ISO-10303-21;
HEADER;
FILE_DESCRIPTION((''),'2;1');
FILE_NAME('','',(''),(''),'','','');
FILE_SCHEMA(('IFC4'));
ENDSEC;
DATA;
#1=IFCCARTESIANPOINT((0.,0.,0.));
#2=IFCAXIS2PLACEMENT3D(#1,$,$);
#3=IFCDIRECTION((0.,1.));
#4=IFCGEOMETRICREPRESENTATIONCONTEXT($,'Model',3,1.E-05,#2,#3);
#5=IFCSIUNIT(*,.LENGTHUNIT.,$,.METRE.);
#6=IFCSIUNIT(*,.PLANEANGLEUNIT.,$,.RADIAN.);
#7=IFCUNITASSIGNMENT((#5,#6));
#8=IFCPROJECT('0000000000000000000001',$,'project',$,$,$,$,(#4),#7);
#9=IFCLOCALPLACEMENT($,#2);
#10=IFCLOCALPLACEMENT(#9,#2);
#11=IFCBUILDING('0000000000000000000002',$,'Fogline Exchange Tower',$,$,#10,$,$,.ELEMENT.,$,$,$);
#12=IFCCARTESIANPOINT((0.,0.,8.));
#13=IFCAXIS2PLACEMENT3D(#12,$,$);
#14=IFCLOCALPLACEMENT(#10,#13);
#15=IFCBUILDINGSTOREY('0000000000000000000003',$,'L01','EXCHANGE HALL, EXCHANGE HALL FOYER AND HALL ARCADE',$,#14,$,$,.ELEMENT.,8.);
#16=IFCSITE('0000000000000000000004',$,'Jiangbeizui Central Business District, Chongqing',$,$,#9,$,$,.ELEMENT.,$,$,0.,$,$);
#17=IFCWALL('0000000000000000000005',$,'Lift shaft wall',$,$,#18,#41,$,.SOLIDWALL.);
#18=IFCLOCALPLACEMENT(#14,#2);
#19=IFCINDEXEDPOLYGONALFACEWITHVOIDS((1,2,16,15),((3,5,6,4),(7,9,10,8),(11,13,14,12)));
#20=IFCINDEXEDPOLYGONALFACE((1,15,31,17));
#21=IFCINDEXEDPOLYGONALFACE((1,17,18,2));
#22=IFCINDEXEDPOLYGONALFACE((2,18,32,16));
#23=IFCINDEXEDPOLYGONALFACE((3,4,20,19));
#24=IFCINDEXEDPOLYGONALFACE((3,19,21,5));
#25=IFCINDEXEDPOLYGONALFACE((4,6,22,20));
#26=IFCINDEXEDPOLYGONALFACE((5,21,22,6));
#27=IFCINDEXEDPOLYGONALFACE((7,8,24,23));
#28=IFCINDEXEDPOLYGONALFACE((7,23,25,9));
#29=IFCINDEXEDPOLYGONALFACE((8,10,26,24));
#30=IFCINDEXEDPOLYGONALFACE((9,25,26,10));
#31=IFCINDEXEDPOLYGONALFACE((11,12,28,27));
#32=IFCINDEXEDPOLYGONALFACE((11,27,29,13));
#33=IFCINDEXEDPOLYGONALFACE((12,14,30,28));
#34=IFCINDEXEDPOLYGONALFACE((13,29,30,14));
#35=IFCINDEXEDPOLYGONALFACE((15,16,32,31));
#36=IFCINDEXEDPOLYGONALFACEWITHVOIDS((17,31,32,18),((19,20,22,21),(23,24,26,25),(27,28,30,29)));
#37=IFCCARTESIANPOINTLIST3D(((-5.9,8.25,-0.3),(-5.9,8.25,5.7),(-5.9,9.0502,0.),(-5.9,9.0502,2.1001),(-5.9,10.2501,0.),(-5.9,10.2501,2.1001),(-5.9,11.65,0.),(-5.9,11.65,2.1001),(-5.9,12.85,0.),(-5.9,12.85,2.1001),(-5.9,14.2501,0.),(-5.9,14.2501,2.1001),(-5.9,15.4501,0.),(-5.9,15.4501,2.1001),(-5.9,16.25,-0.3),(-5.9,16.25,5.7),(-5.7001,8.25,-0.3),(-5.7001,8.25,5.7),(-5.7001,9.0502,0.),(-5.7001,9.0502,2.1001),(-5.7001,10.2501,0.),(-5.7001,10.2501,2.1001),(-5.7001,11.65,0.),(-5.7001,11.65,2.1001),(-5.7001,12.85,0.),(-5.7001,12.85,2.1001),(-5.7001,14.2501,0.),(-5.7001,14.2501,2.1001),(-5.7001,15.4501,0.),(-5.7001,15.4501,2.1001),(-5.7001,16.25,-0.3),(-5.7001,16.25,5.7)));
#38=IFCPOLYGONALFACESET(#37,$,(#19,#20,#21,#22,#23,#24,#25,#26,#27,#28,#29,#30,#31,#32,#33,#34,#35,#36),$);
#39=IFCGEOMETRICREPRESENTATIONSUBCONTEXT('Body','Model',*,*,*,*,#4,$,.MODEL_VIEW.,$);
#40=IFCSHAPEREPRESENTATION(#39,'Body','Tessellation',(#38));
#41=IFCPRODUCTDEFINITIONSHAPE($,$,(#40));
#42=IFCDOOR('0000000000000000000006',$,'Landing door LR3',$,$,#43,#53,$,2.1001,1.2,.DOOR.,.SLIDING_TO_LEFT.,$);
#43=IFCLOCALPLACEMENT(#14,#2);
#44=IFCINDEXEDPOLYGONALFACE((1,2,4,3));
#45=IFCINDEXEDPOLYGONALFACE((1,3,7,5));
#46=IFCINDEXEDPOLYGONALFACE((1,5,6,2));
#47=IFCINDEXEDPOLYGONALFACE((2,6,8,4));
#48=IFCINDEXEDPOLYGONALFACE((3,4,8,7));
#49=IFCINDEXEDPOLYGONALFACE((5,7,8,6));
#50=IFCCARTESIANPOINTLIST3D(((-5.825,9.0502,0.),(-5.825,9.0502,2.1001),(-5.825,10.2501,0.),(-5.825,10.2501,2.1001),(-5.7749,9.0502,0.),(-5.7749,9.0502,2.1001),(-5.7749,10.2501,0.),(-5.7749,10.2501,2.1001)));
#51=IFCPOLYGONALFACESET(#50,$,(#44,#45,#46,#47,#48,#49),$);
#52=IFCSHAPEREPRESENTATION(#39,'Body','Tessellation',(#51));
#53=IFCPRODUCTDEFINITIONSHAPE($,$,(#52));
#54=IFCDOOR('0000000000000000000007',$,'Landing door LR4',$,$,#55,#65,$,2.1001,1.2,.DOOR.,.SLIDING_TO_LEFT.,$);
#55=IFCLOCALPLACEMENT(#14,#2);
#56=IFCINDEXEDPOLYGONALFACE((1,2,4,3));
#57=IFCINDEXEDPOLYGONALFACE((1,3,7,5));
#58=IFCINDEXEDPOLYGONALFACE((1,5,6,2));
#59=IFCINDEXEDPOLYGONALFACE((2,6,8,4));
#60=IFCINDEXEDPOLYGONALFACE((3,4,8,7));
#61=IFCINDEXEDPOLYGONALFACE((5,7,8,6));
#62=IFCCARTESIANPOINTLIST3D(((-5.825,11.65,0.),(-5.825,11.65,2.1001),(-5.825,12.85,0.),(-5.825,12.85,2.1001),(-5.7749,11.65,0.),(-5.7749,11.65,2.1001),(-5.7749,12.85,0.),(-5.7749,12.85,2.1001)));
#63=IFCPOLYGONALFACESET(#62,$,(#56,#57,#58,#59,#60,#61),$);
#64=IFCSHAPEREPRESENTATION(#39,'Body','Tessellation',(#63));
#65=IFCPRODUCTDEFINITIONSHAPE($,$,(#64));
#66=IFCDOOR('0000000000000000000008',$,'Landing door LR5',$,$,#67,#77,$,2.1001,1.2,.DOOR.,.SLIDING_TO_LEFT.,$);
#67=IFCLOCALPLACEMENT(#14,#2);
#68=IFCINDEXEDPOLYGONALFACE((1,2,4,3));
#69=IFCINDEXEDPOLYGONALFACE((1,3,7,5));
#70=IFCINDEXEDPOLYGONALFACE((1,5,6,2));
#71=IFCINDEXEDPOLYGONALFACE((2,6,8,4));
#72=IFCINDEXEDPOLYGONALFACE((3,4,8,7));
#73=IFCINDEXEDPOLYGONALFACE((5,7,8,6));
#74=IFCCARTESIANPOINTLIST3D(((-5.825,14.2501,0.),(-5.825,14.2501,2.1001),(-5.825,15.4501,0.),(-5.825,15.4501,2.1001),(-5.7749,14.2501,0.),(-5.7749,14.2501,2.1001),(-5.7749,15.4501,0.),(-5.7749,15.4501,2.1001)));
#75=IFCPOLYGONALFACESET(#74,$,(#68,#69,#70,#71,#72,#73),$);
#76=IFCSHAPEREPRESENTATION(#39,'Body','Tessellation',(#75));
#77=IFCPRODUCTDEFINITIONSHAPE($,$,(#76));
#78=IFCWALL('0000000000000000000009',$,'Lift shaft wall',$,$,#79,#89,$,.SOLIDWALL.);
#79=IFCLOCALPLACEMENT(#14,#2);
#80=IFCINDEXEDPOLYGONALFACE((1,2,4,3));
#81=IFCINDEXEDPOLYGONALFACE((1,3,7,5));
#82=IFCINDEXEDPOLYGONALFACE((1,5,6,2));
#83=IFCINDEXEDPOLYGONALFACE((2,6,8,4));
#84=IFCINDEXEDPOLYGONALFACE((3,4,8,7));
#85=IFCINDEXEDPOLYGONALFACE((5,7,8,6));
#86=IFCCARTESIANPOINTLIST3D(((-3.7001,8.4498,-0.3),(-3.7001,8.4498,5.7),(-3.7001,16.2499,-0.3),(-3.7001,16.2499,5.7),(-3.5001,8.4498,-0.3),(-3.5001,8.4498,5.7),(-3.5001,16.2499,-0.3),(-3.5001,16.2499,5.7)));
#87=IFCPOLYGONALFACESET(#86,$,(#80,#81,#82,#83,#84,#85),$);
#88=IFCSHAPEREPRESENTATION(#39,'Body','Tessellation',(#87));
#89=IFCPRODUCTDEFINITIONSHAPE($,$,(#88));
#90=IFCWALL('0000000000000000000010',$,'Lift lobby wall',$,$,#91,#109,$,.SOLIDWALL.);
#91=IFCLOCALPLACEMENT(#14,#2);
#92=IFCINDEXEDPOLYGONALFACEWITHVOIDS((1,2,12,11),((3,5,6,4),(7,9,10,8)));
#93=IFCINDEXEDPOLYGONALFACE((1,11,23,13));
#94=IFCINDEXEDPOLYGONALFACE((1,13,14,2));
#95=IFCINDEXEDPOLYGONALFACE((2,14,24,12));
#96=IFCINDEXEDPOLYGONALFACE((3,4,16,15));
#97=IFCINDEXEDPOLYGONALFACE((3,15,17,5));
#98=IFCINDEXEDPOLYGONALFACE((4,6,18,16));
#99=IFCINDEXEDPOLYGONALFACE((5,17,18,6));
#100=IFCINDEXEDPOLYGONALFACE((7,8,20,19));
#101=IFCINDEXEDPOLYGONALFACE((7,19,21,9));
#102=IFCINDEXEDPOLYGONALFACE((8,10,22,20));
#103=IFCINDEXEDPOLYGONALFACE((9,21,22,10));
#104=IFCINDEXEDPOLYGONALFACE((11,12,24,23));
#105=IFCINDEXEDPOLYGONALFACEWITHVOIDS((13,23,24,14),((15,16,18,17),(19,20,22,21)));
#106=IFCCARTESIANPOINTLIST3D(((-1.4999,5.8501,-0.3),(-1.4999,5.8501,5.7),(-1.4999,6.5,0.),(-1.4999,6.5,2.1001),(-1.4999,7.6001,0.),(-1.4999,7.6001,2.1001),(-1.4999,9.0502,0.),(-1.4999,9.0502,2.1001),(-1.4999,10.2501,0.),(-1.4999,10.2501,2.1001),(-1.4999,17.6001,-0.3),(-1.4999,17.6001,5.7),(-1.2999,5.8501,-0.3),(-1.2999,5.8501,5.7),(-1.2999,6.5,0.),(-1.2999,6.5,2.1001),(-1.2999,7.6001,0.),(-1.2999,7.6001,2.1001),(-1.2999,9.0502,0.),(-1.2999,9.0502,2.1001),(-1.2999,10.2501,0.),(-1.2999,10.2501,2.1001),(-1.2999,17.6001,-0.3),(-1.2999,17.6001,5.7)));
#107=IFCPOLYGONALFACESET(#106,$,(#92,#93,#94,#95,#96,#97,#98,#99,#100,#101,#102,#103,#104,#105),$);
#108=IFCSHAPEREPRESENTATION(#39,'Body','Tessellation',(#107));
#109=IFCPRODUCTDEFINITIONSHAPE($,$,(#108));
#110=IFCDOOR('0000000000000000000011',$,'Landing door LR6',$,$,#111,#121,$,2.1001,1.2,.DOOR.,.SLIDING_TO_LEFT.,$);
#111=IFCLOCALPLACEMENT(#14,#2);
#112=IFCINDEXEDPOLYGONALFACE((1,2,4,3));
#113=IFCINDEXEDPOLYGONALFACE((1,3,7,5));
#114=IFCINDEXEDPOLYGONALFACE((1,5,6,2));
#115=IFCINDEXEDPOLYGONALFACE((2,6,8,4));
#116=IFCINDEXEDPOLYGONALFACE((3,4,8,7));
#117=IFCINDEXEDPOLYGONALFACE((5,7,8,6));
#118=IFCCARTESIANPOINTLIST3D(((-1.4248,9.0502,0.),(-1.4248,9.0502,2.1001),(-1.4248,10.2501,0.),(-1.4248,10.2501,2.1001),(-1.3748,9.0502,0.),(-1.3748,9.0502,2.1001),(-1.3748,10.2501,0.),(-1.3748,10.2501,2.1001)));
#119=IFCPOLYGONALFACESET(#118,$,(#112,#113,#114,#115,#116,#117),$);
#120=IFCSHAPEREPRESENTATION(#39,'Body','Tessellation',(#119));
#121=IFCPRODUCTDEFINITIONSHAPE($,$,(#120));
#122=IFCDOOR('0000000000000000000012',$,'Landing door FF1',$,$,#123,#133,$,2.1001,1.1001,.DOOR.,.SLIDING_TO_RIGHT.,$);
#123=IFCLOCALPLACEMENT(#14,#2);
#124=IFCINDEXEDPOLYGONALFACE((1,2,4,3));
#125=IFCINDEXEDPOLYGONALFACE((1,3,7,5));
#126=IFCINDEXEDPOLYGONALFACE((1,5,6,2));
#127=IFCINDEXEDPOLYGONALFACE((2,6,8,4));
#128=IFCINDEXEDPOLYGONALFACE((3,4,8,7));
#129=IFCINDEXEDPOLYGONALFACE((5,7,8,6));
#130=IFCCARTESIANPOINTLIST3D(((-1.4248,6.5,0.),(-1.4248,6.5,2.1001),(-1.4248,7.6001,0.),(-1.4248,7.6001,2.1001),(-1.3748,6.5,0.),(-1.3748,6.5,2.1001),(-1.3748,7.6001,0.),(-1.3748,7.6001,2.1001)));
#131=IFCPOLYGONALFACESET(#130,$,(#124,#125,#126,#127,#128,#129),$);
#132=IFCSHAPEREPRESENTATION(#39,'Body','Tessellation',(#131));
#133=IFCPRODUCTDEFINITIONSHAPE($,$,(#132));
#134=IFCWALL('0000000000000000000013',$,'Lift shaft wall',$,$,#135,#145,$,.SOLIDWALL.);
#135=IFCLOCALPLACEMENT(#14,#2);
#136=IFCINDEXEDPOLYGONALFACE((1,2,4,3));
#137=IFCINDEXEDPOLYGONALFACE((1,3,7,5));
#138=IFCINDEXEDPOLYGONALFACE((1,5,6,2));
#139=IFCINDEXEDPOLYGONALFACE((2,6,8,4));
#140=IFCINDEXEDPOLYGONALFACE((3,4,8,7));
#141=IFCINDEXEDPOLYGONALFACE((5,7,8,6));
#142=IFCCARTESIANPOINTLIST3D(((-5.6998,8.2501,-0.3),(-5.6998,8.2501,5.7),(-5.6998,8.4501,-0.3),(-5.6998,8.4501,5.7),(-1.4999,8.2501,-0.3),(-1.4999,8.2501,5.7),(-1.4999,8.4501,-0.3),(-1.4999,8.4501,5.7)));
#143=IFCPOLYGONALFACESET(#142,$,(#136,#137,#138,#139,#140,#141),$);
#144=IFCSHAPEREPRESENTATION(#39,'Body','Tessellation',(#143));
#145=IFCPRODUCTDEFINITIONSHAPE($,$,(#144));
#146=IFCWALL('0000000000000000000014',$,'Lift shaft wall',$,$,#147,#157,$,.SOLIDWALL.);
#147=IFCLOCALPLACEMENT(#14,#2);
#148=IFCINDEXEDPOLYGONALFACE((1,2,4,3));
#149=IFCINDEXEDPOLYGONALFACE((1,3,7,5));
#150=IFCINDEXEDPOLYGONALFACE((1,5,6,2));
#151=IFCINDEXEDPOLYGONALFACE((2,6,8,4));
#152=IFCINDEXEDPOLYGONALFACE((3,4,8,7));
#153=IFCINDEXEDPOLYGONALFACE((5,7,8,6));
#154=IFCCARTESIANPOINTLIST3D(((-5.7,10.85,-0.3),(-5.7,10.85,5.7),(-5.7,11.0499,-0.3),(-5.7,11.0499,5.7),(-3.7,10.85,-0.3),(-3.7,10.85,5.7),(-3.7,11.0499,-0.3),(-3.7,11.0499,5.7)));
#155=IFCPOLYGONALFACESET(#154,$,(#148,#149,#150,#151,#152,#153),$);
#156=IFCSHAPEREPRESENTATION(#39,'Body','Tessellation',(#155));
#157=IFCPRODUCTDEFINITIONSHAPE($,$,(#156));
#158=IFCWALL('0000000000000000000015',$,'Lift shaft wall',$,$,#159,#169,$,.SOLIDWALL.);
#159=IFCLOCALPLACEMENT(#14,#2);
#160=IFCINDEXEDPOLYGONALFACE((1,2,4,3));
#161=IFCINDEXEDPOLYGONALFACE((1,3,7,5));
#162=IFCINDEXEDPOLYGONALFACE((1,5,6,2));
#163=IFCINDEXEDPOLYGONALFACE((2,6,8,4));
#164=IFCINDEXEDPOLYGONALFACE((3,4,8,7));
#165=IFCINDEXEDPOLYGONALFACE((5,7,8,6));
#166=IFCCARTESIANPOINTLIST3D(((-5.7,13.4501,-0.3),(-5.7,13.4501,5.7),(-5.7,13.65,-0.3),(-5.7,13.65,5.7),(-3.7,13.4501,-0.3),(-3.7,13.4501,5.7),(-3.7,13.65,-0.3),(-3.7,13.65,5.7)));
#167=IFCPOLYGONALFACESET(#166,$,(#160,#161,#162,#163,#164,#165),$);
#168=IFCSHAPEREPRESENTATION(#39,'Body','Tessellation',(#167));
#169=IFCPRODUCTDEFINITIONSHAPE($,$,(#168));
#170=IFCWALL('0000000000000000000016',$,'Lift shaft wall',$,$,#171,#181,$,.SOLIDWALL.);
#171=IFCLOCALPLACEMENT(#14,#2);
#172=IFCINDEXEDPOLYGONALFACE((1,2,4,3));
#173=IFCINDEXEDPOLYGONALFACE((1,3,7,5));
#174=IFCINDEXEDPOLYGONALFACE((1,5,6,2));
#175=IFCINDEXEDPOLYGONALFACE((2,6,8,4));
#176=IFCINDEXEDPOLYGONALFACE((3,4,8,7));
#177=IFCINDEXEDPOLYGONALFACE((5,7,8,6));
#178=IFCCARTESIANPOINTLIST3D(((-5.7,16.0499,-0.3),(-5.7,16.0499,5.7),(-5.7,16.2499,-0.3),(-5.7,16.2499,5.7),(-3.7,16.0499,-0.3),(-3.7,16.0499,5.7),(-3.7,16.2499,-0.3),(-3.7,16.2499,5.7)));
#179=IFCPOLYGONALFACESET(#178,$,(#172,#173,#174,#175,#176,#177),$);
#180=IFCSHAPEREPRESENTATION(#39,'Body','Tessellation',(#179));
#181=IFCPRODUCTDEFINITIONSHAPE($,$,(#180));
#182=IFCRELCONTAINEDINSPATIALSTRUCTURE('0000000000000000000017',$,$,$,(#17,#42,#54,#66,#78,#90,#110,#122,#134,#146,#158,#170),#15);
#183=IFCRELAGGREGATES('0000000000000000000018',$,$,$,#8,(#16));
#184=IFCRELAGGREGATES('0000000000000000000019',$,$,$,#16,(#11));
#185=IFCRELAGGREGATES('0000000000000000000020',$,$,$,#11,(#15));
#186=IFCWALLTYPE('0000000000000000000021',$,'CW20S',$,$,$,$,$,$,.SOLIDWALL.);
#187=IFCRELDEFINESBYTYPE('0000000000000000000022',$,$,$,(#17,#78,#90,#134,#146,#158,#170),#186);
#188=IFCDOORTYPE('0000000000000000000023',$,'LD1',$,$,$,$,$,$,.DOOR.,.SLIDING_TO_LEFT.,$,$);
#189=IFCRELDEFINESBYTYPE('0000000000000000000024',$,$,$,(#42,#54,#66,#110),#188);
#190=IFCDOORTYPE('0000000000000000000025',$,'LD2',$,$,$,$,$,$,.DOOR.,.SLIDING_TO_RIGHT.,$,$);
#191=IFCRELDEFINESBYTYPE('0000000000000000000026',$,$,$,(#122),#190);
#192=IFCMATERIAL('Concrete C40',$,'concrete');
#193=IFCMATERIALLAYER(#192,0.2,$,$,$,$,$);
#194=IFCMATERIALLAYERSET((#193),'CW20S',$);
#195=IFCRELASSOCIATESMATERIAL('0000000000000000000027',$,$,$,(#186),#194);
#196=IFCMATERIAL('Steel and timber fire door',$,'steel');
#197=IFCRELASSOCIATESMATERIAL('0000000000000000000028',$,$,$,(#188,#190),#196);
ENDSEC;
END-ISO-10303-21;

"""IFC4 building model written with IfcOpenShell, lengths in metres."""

from ifc_helpers import new_model, si_unit, direction, frame, frame_2d, origin, place, context, subcontext, project, spatial, rectangle, extrude, material, layer, layer_set, type_object, element, fill, save


model = new_model("IFC4")

# Units and contexts
model_context = context("Model", 3, precision=1e-05, world=origin(), true_north=direction((0.0, 1.0)))
body_context = subcontext(model_context, "Body", "Model", "MODEL_VIEW")
ifc_project = project(units=[si_unit("LENGTHUNIT", "METRE"), si_unit("PLANEANGLEUNIT", "RADIAN")], contexts=[model_context])

# Site, building, storey
site_placement = place(None, origin())
site = spatial("IfcSite", under=ifc_project, at=site_placement, Name="Jiangbeizui Central Business District, Chongqing", CompositionType="ELEMENT", RefElevation=0.0)
building_placement = place(site_placement, origin())
building = spatial("IfcBuilding", under=site, at=building_placement, Name="Fogline Exchange Tower", CompositionType="ELEMENT")
storey_placement = place(building_placement, frame((0.0, 0.0, 8.0)))
storey = spatial("IfcBuildingStorey", under=building, at=storey_placement, Name="L01", Description="EXCHANGE HALL, EXCHANGE HALL FOYER AND HALL ARCADE", CompositionType="ELEMENT", Elevation=8.0)

# Shared definitions
ifc_material_1 = material(Name="Steel and timber fire door", Category="steel")

# Shared definitions
ifc_material_2 = material(Name="Concrete C40", Category="concrete")

# Wall, openings, doors
ifc_layer_1 = layer(ifc_material_2, 0.2)
ifc_layer_set_1 = layer_set([ifc_layer_1], Name="CW20S")
wall_type_1 = type_object("IfcWallType", Name="CW20S", PredefinedType="SOLIDWALL", material=ifc_layer_set_1)
wall_1_placement = place(storey_placement, frame((-5.8, 8.25, -0.3), z_axis=(0.0, 0.0, 1.0), x_axis=(0.0, 1.0, 0.0)))
wall_1 = element("IfcWall", 1, at=wall_1_placement, inside=storey, type_object=wall_type_1, Name="Lift shaft wall", PredefinedType="SOLIDWALL", context=body_context, shape_type="SweptSolid", body=[
    extrude(rectangle(XDim=8.0, YDim=0.2, at=frame_2d((4.0, 0.0))), origin(), (0.0, 0.0, 1.0), 6.0),
])
opening_1_placement = place(wall_1_placement, frame((0.8, 0.0, 0.3)))
opening_1 = element("IfcOpeningElement", 2, at=opening_1_placement, cuts=wall_1, PredefinedType="OPENING", context=body_context, shape_type="SweptSolid", body=[
    extrude(rectangle(XDim=1.2, YDim=2.1001, at=frame_2d((0.6001, 1.05))), frame((0.0, 0.1099, 0.0), z_axis=(0.0, -1.0, 0.0), x_axis=(1.0, 0.0, 0.0)), (0.0, 0.0, 1.0), 0.22),
])
opening_2_placement = place(wall_1_placement, frame((3.3999, 0.0, 0.3)))
opening_2 = element("IfcOpeningElement", 3, at=opening_2_placement, cuts=wall_1, PredefinedType="OPENING", context=body_context, shape_type="SweptSolid", body=[
    extrude(rectangle(XDim=1.2, YDim=2.1001, at=frame_2d((0.6001, 1.05))), frame((0.0, 0.1099, 0.0), z_axis=(0.0, -1.0, 0.0), x_axis=(1.0, 0.0, 0.0)), (0.0, 0.0, 1.0), 0.22),
])
opening_3_placement = place(wall_1_placement, frame((6.0, 0.0, 0.3)))
opening_3 = element("IfcOpeningElement", 4, at=opening_3_placement, cuts=wall_1, PredefinedType="OPENING", context=body_context, shape_type="SweptSolid", body=[
    extrude(rectangle(XDim=1.2, YDim=2.1001, at=frame_2d((0.6001, 1.05))), frame((0.0, 0.1099, 0.0), z_axis=(0.0, -1.0, 0.0), x_axis=(1.0, 0.0, 0.0)), (0.0, 0.0, 1.0), 0.22),
])
door_type_1 = type_object("IfcDoorType", Name="LD1", OperationType="SLIDING_TO_LEFT", PredefinedType="DOOR", material=ifc_material_1)
door_1_placement = place(opening_1_placement, origin())
door_1 = element("IfcDoor", 5, at=door_1_placement, inside=storey, type_object=door_type_1, Name="Landing door LR3", OperationType="SLIDING_TO_LEFT", OverallHeight=2.1001, OverallWidth=1.2, PredefinedType="DOOR", context=body_context, shape_type="SweptSolid", body=[
    extrude(rectangle(XDim=1.2, YDim=2.1001, at=frame_2d((0.6001, 1.05))), frame((0.0, 0.0249, 0.0), z_axis=(0.0, -1.0, 0.0), x_axis=(1.0, 0.0, 0.0)), (0.0, 0.0, 1.0), 0.05),
])
fill(opening_1, door_1)
door_2_placement = place(opening_2_placement, origin())
door_2 = element("IfcDoor", 6, at=door_2_placement, inside=storey, type_object=door_type_1, Name="Landing door LR4", OperationType="SLIDING_TO_LEFT", OverallHeight=2.1001, OverallWidth=1.2, PredefinedType="DOOR", context=body_context, shape_type="SweptSolid", body=[
    extrude(rectangle(XDim=1.2, YDim=2.1001, at=frame_2d((0.6001, 1.05))), frame((0.0, 0.0249, 0.0), z_axis=(0.0, -1.0, 0.0), x_axis=(1.0, 0.0, 0.0)), (0.0, 0.0, 1.0), 0.05),
])
fill(opening_2, door_2)
door_3_placement = place(opening_3_placement, origin())
door_3 = element("IfcDoor", 7, at=door_3_placement, inside=storey, type_object=door_type_1, Name="Landing door LR5", OperationType="SLIDING_TO_LEFT", OverallHeight=2.1001, OverallWidth=1.2, PredefinedType="DOOR", context=body_context, shape_type="SweptSolid", body=[
    extrude(rectangle(XDim=1.2, YDim=2.1001, at=frame_2d((0.6001, 1.05))), frame((0.0, 0.0249, 0.0), z_axis=(0.0, -1.0, 0.0), x_axis=(1.0, 0.0, 0.0)), (0.0, 0.0, 1.0), 0.05),
])
fill(opening_3, door_3)

# Wall
wall_2_placement = place(storey_placement, frame((-3.6001, 8.45, -0.3), z_axis=(0.0, 0.0, 1.0), x_axis=(0.0, 1.0, 0.0)))
element("IfcWall", 8, at=wall_2_placement, inside=storey, type_object=wall_type_1, Name="Lift shaft wall", PredefinedType="SOLIDWALL", context=body_context, shape_type="SweptSolid", body=[
    extrude(rectangle(XDim=7.8, YDim=0.2, at=frame_2d((3.8999, 0.0))), origin(), (0.0, 0.0, 1.0), 6.0),
])

# Wall, openings, doors
wall_3_placement = place(storey_placement, frame((-1.3999, 5.8501, -0.3), z_axis=(0.0, 0.0, 1.0), x_axis=(0.0, 1.0, 0.0)))
wall_3 = element("IfcWall", 9, at=wall_3_placement, inside=storey, type_object=wall_type_1, Name="Lift lobby wall", PredefinedType="SOLIDWALL", context=body_context, shape_type="SweptSolid", body=[
    extrude(rectangle(XDim=11.75, YDim=0.2, at=frame_2d((5.875, 0.0))), origin(), (0.0, 0.0, 1.0), 6.0),
])
opening_4_placement = place(wall_3_placement, frame((3.2, 0.0, 0.3)))
opening_4 = element("IfcOpeningElement", 10, at=opening_4_placement, cuts=wall_3, PredefinedType="OPENING", context=body_context, shape_type="SweptSolid", body=[
    extrude(rectangle(XDim=1.2, YDim=2.1001, at=frame_2d((0.6001, 1.05))), frame((0.0, 0.1099, 0.0), z_axis=(0.0, -1.0, 0.0), x_axis=(1.0, 0.0, 0.0)), (0.0, 0.0, 1.0), 0.22),
])
opening_5_placement = place(wall_3_placement, frame((0.6499, 0.0, 0.3)))
opening_5 = element("IfcOpeningElement", 11, at=opening_5_placement, cuts=wall_3, PredefinedType="OPENING", context=body_context, shape_type="SweptSolid", body=[
    extrude(rectangle(XDim=1.1001, YDim=2.1001, at=frame_2d((0.55, 1.05))), frame((0.0, 0.1099, 0.0), z_axis=(0.0, -1.0, 0.0), x_axis=(1.0, 0.0, 0.0)), (0.0, 0.0, 1.0), 0.22),
])
door_4_placement = place(opening_4_placement, origin())
door_4 = element("IfcDoor", 12, at=door_4_placement, inside=storey, type_object=door_type_1, Name="Landing door LR6", OperationType="SLIDING_TO_LEFT", OverallHeight=2.1001, OverallWidth=1.2, PredefinedType="DOOR", context=body_context, shape_type="SweptSolid", body=[
    extrude(rectangle(XDim=1.2, YDim=2.1001, at=frame_2d((0.6001, 1.05))), frame((0.0, 0.0249, 0.0), z_axis=(0.0, -1.0, 0.0), x_axis=(1.0, 0.0, 0.0)), (0.0, 0.0, 1.0), 0.05),
])
fill(opening_4, door_4)
door_type_2 = type_object("IfcDoorType", Name="LD2", OperationType="SLIDING_TO_RIGHT", PredefinedType="DOOR", material=ifc_material_1)
door_5_placement = place(opening_5_placement, origin())
door_5 = element("IfcDoor", 13, at=door_5_placement, inside=storey, type_object=door_type_2, Name="Landing door FF1", OperationType="SLIDING_TO_RIGHT", OverallHeight=2.1001, OverallWidth=1.1001, PredefinedType="DOOR", context=body_context, shape_type="SweptSolid", body=[
    extrude(rectangle(XDim=1.1001, YDim=2.1001, at=frame_2d((0.55, 1.05))), frame((0.0, 0.0249, 0.0), z_axis=(0.0, -1.0, 0.0), x_axis=(1.0, 0.0, 0.0)), (0.0, 0.0, 1.0), 0.05),
])
fill(opening_5, door_5)

# Walls
wall_4_placement = place(storey_placement, frame((-5.7, 8.3501, -0.3), z_axis=(0.0, 0.0, 1.0), x_axis=(1.0, 0.0, 0.0)))
element("IfcWall", 14, at=wall_4_placement, inside=storey, type_object=wall_type_1, Name="Lift shaft wall", PredefinedType="SOLIDWALL", context=body_context, shape_type="SweptSolid", body=[
    extrude(rectangle(XDim=4.2, YDim=0.2, at=frame_2d((2.1001, 0.0))), origin(), (0.0, 0.0, 1.0), 6.0),
])
for number, where, z_axis, x_axis, name in (
    (15, (-5.7, 10.95, -0.3), (0.0, 0.0, 1.0), (1.0, 0.0, 0.0), "Lift shaft wall"),
    (16, (-5.7, 13.55, -0.3), (0.0, 0.0, 1.0), (1.0, 0.0, 0.0), "Lift shaft wall"),
    (17, (-5.7, 16.1499, -0.3), (0.0, 0.0, 1.0), (1.0, 0.0, 0.0), "Lift shaft wall"),
):
    element("IfcWall", number, at=place(storey_placement, frame(where, z_axis=z_axis, x_axis=x_axis)), inside=storey, type_object=wall_type_1, Name=name, PredefinedType="SOLIDWALL", context=body_context, shape_type="SweptSolid", body=[
        extrude(rectangle(XDim=2.0, YDim=0.2, at=frame_2d((1.0, 0.0))), origin(), (0.0, 0.0, 1.0), 6.0),
    ])

save(model, "model.ifc")
